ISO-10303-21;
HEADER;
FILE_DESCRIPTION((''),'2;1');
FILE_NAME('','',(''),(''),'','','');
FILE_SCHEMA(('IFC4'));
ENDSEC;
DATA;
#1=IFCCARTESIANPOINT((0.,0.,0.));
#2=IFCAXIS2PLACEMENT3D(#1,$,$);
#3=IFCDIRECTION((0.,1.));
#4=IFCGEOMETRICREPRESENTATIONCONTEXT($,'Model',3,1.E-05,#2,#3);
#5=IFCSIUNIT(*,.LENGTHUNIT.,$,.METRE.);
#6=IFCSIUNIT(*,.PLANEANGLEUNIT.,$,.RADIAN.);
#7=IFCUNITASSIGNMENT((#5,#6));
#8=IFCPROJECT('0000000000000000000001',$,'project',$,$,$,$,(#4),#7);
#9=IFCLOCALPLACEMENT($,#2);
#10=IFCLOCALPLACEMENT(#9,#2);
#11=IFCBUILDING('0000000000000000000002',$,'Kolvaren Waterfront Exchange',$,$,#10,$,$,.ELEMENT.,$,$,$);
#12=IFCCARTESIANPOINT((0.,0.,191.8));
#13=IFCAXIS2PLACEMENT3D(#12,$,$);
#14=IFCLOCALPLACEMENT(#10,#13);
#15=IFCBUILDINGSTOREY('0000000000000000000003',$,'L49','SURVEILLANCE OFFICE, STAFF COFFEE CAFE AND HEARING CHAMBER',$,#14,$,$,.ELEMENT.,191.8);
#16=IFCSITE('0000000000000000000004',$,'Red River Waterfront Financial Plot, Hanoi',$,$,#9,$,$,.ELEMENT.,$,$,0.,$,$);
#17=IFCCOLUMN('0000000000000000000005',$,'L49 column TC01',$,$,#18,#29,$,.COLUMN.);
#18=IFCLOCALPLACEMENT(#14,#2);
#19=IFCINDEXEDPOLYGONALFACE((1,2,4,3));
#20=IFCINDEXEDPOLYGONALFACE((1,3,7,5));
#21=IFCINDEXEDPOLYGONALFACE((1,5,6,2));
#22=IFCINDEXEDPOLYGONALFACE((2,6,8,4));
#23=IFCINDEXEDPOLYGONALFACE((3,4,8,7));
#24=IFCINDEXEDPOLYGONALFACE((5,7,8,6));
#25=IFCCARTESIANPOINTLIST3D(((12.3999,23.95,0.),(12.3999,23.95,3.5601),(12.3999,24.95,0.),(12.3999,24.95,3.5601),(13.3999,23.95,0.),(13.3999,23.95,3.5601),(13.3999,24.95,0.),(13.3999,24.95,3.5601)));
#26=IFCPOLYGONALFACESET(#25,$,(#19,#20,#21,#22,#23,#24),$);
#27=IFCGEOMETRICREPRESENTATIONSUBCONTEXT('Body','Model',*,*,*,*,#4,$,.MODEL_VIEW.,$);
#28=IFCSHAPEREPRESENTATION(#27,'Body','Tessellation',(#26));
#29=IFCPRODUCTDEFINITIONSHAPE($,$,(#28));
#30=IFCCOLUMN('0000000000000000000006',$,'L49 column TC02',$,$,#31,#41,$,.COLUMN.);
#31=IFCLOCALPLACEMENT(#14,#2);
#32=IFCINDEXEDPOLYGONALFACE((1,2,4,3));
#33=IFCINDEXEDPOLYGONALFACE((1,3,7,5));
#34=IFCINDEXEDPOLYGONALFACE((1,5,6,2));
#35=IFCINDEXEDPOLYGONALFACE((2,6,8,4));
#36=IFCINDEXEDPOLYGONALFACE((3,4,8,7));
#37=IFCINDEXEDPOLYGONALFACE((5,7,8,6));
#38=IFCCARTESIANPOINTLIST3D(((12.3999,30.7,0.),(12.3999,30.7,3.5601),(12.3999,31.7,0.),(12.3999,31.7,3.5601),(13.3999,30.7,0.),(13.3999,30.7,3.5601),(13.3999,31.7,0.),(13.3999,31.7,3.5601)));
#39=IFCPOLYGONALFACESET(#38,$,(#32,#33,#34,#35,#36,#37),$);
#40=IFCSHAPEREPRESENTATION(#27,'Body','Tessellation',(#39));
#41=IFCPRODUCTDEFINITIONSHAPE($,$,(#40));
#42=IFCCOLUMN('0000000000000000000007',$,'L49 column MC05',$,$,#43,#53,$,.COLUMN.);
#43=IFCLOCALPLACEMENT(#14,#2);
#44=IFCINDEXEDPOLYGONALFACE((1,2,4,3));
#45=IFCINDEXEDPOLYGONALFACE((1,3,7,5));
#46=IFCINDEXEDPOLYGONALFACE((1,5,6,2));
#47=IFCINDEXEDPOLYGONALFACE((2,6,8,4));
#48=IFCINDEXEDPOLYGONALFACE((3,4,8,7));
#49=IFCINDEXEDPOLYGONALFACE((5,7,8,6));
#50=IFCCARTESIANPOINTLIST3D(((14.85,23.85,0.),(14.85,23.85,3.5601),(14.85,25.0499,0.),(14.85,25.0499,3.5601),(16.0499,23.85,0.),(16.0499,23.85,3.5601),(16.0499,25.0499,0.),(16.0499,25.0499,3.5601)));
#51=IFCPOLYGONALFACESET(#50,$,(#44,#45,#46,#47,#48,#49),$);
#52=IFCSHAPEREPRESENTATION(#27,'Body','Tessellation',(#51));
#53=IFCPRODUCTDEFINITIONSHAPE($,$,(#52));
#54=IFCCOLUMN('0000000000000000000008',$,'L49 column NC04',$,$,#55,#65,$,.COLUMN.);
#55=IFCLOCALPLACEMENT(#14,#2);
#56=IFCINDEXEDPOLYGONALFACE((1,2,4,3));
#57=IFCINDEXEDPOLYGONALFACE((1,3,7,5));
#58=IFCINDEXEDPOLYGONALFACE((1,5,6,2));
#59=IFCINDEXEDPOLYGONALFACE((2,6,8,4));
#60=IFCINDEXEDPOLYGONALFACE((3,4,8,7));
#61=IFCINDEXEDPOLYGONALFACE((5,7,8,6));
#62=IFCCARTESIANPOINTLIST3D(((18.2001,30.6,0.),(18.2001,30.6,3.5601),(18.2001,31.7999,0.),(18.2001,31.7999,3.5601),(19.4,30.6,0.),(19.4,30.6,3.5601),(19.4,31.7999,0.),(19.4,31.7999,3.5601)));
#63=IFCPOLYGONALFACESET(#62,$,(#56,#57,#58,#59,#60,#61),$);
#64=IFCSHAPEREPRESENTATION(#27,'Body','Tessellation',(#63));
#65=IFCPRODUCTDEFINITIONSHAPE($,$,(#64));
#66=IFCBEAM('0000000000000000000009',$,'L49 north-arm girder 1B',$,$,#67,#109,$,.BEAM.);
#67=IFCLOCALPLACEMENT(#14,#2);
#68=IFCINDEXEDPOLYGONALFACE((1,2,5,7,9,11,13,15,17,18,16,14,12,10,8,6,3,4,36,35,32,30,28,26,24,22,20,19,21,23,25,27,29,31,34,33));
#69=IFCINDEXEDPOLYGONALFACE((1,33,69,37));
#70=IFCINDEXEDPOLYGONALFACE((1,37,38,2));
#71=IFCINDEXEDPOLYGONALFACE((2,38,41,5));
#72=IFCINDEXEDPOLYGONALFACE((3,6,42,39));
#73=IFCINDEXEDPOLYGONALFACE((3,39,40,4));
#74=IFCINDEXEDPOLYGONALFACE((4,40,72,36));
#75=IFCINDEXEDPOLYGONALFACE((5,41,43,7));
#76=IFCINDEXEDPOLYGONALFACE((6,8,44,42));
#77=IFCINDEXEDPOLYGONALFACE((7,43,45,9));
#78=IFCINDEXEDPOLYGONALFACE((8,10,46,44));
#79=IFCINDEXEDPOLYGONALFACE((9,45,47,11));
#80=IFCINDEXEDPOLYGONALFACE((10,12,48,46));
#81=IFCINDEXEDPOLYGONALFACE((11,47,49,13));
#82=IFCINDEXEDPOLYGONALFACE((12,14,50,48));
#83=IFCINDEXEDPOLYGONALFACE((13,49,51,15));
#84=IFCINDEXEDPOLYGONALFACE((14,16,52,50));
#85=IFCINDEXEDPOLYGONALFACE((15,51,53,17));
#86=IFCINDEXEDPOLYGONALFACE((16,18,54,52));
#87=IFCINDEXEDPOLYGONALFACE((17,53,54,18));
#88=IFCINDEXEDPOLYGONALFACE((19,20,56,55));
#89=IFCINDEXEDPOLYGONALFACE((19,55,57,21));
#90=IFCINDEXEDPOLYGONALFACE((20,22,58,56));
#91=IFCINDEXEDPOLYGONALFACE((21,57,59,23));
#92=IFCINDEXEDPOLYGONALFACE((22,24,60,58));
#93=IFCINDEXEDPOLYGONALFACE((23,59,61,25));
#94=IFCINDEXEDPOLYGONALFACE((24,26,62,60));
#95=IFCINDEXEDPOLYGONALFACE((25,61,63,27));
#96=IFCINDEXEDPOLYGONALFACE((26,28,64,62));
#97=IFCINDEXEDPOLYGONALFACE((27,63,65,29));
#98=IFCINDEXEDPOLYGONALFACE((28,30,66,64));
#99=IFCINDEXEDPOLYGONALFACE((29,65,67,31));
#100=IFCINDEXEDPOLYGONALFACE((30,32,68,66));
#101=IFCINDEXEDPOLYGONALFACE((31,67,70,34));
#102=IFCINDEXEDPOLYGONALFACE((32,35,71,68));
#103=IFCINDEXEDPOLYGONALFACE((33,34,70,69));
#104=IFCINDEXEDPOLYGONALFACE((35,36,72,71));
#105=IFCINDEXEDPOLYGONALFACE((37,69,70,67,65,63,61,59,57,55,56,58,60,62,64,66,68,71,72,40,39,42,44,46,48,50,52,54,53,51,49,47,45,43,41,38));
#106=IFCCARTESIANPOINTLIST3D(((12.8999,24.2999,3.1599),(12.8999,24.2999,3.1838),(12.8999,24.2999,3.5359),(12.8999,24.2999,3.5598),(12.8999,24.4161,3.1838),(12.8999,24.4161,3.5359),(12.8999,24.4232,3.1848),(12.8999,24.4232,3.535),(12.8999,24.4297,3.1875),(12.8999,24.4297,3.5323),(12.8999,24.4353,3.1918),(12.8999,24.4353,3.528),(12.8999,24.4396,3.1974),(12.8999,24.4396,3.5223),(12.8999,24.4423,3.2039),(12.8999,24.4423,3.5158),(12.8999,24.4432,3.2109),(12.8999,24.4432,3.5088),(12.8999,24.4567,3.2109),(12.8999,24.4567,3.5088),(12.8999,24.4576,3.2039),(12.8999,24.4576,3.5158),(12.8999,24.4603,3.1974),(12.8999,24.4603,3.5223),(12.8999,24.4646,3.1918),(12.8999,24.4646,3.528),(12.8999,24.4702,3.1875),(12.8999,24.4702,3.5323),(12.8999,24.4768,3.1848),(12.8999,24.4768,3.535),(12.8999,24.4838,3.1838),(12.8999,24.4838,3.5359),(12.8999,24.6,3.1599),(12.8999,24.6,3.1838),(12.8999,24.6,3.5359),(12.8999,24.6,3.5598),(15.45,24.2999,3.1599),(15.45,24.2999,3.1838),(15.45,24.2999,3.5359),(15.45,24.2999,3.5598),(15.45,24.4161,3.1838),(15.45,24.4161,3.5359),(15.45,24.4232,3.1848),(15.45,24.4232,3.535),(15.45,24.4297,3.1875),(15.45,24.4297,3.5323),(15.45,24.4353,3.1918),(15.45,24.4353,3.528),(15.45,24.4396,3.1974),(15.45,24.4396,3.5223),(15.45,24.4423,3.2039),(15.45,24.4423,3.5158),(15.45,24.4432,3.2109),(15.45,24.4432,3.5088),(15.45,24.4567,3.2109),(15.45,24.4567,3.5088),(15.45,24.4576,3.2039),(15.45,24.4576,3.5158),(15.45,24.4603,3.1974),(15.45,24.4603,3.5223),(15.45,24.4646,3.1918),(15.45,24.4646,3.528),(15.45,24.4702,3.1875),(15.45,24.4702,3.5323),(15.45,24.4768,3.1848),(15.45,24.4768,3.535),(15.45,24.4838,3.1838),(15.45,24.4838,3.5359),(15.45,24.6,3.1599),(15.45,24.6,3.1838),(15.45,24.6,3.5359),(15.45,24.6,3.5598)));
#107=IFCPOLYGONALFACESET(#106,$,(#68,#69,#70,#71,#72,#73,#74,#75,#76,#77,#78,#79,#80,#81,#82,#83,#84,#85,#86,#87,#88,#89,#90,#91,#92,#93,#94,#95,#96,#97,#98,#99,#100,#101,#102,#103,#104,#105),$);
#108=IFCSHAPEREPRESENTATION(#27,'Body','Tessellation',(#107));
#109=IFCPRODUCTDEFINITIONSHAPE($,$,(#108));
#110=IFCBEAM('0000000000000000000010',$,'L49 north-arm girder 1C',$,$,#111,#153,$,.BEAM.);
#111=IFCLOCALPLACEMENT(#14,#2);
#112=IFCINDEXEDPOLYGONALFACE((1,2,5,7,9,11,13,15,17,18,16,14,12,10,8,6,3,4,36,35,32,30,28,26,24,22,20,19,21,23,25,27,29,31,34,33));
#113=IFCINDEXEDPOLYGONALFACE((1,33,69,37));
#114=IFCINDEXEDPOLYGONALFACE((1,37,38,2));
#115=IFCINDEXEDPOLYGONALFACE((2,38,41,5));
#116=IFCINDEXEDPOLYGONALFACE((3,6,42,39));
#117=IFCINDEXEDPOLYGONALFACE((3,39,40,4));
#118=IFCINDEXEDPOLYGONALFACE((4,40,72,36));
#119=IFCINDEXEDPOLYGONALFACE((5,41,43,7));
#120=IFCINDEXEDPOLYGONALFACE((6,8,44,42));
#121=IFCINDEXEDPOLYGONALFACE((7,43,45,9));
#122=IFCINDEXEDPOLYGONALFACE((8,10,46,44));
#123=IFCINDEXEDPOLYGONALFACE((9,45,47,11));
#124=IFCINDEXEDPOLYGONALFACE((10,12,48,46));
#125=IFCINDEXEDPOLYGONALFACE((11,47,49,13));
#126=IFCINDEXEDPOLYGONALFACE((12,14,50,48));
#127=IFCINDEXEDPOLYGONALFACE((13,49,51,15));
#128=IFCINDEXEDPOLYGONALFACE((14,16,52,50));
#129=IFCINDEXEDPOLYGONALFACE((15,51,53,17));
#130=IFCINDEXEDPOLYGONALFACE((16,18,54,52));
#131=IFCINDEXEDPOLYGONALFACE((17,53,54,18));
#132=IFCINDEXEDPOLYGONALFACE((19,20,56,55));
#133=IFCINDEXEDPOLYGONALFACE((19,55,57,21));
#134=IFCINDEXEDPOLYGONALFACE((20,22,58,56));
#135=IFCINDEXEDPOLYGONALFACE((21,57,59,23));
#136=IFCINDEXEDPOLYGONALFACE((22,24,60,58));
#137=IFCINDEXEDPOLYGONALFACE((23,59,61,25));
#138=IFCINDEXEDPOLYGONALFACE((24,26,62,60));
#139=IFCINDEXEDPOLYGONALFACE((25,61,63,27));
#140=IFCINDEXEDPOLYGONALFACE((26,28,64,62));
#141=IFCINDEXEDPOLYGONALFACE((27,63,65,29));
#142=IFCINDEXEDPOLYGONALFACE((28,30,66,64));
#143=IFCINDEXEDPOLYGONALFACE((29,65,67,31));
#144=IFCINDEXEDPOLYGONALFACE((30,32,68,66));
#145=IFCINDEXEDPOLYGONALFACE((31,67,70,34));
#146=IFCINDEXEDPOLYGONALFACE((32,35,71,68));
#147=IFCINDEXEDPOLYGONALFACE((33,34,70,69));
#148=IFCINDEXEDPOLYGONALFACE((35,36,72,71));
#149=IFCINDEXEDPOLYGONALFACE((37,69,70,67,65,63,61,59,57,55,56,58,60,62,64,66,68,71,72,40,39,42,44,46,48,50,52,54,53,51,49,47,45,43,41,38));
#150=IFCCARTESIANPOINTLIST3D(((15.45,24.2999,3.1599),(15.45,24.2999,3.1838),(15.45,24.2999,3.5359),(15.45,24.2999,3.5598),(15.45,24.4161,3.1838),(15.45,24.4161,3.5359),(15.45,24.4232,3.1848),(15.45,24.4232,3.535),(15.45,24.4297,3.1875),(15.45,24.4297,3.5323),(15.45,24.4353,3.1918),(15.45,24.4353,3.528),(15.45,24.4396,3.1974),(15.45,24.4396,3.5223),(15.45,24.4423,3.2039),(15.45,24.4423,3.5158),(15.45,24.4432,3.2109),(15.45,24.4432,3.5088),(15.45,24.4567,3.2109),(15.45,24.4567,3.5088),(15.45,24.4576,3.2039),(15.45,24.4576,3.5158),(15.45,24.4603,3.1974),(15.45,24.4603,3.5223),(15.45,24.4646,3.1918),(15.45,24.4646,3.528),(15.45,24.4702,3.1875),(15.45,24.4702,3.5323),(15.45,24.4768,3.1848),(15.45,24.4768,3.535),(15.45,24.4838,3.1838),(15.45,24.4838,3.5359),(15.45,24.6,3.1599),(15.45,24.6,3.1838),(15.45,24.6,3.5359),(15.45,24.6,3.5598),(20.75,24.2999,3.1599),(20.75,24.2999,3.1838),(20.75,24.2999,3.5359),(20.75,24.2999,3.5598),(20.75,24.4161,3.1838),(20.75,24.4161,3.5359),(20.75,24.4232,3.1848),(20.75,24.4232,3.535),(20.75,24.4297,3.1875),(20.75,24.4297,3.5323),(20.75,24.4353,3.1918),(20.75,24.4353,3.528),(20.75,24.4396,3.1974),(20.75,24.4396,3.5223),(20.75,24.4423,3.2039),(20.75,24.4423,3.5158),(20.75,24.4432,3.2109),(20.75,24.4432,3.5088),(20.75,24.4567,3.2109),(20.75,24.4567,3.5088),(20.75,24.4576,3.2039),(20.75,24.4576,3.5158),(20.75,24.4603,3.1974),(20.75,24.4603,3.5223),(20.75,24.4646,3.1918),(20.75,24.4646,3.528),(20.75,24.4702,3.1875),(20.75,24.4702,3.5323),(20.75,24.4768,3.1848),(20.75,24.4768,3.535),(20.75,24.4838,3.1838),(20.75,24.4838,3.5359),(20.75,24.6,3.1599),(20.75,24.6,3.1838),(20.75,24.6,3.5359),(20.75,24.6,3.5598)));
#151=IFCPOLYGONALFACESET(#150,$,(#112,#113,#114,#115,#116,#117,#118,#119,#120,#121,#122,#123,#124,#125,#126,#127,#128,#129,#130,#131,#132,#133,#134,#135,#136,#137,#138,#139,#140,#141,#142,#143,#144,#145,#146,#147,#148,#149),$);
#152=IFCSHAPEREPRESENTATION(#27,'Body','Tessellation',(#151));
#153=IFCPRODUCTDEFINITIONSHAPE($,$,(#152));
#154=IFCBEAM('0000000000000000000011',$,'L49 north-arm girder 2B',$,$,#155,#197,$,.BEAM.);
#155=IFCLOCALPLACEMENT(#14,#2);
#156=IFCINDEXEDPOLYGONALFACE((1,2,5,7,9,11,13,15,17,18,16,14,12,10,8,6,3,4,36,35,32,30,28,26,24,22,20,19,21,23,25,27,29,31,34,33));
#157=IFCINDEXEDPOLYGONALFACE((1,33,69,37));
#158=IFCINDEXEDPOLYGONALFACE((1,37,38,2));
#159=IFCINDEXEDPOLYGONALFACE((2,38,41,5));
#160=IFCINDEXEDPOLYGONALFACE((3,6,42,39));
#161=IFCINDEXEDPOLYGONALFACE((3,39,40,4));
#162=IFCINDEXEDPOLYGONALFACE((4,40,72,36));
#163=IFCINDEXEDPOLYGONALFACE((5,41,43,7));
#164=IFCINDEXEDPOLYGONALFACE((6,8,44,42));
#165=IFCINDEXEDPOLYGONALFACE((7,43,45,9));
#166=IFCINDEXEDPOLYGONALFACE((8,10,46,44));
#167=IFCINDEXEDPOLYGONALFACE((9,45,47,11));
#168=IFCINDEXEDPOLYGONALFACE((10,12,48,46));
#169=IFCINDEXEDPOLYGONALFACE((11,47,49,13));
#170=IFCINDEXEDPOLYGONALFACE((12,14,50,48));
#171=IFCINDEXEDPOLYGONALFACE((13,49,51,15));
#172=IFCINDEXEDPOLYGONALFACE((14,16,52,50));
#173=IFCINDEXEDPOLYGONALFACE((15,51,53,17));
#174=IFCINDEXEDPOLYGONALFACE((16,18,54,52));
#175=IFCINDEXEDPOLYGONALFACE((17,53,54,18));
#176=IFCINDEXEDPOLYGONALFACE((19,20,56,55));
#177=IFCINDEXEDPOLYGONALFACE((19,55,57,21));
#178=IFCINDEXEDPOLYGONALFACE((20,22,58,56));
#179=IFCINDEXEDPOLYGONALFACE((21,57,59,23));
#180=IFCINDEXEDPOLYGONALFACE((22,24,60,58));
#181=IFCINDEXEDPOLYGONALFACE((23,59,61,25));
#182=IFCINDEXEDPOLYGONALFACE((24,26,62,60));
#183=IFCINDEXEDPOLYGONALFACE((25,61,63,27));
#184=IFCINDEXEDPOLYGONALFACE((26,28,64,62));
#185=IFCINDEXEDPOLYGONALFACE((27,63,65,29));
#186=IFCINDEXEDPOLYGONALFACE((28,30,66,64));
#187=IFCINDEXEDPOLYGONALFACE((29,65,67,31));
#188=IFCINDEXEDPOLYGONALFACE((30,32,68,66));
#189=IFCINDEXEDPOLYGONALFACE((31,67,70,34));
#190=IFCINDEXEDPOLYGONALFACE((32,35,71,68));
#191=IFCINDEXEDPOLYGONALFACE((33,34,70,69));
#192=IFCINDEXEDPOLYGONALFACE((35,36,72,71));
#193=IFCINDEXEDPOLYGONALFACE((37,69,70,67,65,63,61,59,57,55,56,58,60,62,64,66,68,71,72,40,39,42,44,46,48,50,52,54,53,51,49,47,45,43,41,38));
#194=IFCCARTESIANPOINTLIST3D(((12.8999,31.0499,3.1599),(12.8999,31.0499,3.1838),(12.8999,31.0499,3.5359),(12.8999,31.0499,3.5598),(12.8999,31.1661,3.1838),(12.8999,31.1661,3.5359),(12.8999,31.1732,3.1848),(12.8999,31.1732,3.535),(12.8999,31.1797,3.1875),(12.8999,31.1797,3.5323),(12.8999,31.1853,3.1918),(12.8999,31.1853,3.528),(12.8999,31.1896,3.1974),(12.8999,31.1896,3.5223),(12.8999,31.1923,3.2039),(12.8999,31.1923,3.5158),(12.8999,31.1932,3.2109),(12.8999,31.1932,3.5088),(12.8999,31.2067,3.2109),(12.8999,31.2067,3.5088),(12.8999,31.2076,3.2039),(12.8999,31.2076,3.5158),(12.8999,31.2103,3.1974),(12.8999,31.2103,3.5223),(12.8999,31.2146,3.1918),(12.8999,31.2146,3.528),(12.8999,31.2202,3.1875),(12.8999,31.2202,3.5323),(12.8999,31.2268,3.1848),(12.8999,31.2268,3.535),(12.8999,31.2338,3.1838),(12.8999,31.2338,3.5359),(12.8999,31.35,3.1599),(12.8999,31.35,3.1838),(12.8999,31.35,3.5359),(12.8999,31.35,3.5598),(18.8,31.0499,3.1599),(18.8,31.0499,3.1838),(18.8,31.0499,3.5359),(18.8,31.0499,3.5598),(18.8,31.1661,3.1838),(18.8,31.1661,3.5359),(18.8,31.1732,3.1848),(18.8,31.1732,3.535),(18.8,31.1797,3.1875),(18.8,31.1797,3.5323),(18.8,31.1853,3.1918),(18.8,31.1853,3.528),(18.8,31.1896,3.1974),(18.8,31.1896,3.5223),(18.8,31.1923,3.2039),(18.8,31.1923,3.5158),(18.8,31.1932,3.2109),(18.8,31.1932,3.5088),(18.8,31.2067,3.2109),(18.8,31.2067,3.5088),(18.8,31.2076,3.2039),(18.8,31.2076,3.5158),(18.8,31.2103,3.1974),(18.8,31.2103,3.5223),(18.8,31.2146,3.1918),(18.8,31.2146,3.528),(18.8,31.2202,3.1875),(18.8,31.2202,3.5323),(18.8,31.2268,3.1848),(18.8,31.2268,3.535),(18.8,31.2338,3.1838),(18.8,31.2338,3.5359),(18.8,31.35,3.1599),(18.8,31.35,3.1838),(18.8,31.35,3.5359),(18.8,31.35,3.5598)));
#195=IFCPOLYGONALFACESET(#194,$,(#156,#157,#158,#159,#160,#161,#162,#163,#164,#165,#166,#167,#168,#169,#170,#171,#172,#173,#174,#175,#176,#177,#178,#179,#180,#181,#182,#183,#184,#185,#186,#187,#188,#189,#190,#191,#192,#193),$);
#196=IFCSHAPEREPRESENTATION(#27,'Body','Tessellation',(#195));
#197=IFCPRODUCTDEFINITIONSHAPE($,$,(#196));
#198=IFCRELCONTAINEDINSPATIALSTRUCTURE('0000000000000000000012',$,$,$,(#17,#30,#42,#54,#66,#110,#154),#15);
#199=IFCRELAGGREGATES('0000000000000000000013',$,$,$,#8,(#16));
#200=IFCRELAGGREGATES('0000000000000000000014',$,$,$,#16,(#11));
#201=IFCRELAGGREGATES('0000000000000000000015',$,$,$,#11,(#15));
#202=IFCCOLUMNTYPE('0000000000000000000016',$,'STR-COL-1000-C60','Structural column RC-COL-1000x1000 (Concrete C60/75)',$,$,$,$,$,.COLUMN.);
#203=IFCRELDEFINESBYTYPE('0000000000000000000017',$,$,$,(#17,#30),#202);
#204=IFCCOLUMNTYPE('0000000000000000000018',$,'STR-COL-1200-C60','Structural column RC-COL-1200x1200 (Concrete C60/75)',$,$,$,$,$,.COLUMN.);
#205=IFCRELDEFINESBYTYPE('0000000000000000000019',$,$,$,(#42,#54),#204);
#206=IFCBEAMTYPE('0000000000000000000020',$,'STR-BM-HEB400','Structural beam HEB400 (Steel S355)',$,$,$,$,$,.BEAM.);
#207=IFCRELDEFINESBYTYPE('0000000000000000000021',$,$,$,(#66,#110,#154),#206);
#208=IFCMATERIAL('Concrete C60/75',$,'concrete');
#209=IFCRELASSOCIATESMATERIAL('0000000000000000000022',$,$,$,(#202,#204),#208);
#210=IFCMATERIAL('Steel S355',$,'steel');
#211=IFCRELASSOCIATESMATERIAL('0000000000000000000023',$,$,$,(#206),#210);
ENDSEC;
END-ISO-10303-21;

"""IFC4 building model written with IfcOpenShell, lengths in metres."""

from ifc_helpers import new_model, si_unit, direction, frame, origin, origin_2d, place, context, subcontext, project, spatial, rectangle, i_section, extrude, material, material_profile, profile_set, type_object, element, save


model = new_model("IFC4")

# Units and contexts
model_context = context("Model", 3, precision=1e-05, world=origin(), true_north=direction((0.0, 1.0)))
body_context = subcontext(model_context, "Body", "Model", "MODEL_VIEW")
ifc_project = project(units=[si_unit("LENGTHUNIT", "METRE"), si_unit("PLANEANGLEUNIT", "RADIAN")], contexts=[model_context])

# Site, building, storey
site_placement = place(None, origin())
site = spatial("IfcSite", under=ifc_project, at=site_placement, Name="Red River Waterfront Financial Plot, Hanoi", CompositionType="ELEMENT", RefElevation=0.0)
building_placement = place(site_placement, origin())
building = spatial("IfcBuilding", under=site, at=building_placement, Name="Kolvaren Waterfront Exchange", CompositionType="ELEMENT")
storey_placement = place(building_placement, frame((0.0, 0.0, 191.8)))
storey = spatial("IfcBuildingStorey", under=building, at=storey_placement, Name="L49", Description="SURVEILLANCE OFFICE, STAFF COFFEE CAFE AND HEARING CHAMBER", CompositionType="ELEMENT", Elevation=191.8)

# Columns
ifc_material_1 = material(Name="Concrete C60/75", Category="concrete")
ifc_material_profile_1 = material_profile(ifc_material_1, rectangle(XDim=1.0, YDim=1.0, at=origin_2d()), Name="RC-COL-1000x1000")
ifc_profile_set_1 = profile_set([ifc_material_profile_1], Name="Concrete C60/75")
column_type_1 = type_object("IfcColumnType", Name="STR-COL-1000-C60", Description="Structural column RC-COL-1000x1000 (Concrete C60/75)", PredefinedType="COLUMN", material=ifc_profile_set_1)
for number, where, z_axis, x_axis, name in (
    (1, (12.8999, 24.45, 0.0), (0.0, 0.0, 1.0), (1.0, 0.0, 0.0), "L49 column TC01"),
    (2, (12.8999, 31.2, 0.0), (0.0, 0.0, 1.0), (1.0, 0.0, 0.0), "L49 column TC02"),
):
    element("IfcColumn", number, at=place(storey_placement, frame(where, z_axis=z_axis, x_axis=x_axis)), inside=storey, type_object=column_type_1, Name=name, PredefinedType="COLUMN", context=body_context, shape_type="SweptSolid", body=[
        extrude(rectangle(XDim=1.0, YDim=1.0, at=origin_2d()), origin(), (0.0, 0.0, 1.0), 3.5601),
    ])
ifc_material_profile_2 = material_profile(ifc_material_1, rectangle(XDim=1.2, YDim=1.2, at=origin_2d()), Name="RC-COL-1200x1200")
ifc_profile_set_2 = profile_set([ifc_material_profile_2], Name="Concrete C60/75")
column_type_2 = type_object("IfcColumnType", Name="STR-COL-1200-C60", Description="Structural column RC-COL-1200x1200 (Concrete C60/75)", PredefinedType="COLUMN", material=ifc_profile_set_2)
for number, where, z_axis, x_axis, name in (
    (3, (15.45, 24.45, 0.0), (0.0, 0.0, 1.0), (1.0, 0.0, 0.0), "L49 column MC05"),
    (4, (18.8, 31.2, 0.0), (0.0, 0.0, 1.0), (1.0, 0.0, 0.0), "L49 column NC04"),
):
    element("IfcColumn", number, at=place(storey_placement, frame(where, z_axis=z_axis, x_axis=x_axis)), inside=storey, type_object=column_type_2, Name=name, PredefinedType="COLUMN", context=body_context, shape_type="SweptSolid", body=[
        extrude(rectangle(XDim=1.2, YDim=1.2, at=origin_2d()), origin(), (0.0, 0.0, 1.0), 3.5601),
    ])

# Beams
ifc_material_2 = material(Name="Steel S355", Category="steel")
ifc_material_profile_3 = material_profile(ifc_material_2, i_section(OverallWidth=0.3, OverallDepth=0.3999, WebThickness=0.0134, FlangeThickness=0.0239, FilletRadius=0.0271, at=origin_2d()), Name="HEB400")
ifc_profile_set_3 = profile_set([ifc_material_profile_3], Name="Steel S355")
beam_type_1 = type_object("IfcBeamType", Name="STR-BM-HEB400", Description="Structural beam HEB400 (Steel S355)", PredefinedType="BEAM", material=ifc_profile_set_3)
beam_1_placement = place(storey_placement, frame((12.8999, 24.45, 3.3599), z_axis=(1.0, 0.0, 0.0), x_axis=(0.0, 1.0, 0.0)))
element("IfcBeam", 5, at=beam_1_placement, inside=storey, type_object=beam_type_1, Name="L49 north-arm girder 1B", PredefinedType="BEAM", context=body_context, shape_type="SweptSolid", body=[
    extrude(i_section(OverallWidth=0.3, OverallDepth=0.3999, WebThickness=0.0134, FlangeThickness=0.0239, FilletRadius=0.0271, at=origin_2d()), origin(), (0.0, 0.0, 1.0), 2.55),
])
beam_2_placement = place(storey_placement, frame((15.45, 24.45, 3.3599), z_axis=(1.0, 0.0, 0.0), x_axis=(0.0, 1.0, 0.0)))
element("IfcBeam", 6, at=beam_2_placement, inside=storey, type_object=beam_type_1, Name="L49 north-arm girder 1C", PredefinedType="BEAM", context=body_context, shape_type="SweptSolid", body=[
    extrude(i_section(OverallWidth=0.3, OverallDepth=0.3999, WebThickness=0.0134, FlangeThickness=0.0239, FilletRadius=0.0271, at=origin_2d()), origin(), (0.0, 0.0, 1.0), 5.3),
])
beam_3_placement = place(storey_placement, frame((12.8999, 31.2, 3.3599), z_axis=(1.0, 0.0, 0.0), x_axis=(0.0, 1.0, 0.0)))
element("IfcBeam", 7, at=beam_3_placement, inside=storey, type_object=beam_type_1, Name="L49 north-arm girder 2B", PredefinedType="BEAM", context=body_context, shape_type="SweptSolid", body=[
    extrude(i_section(OverallWidth=0.3, OverallDepth=0.3999, WebThickness=0.0134, FlangeThickness=0.0239, FilletRadius=0.0271, at=origin_2d()), origin(), (0.0, 0.0, 1.0), 5.9001),
])

save(model, "model.ifc")
